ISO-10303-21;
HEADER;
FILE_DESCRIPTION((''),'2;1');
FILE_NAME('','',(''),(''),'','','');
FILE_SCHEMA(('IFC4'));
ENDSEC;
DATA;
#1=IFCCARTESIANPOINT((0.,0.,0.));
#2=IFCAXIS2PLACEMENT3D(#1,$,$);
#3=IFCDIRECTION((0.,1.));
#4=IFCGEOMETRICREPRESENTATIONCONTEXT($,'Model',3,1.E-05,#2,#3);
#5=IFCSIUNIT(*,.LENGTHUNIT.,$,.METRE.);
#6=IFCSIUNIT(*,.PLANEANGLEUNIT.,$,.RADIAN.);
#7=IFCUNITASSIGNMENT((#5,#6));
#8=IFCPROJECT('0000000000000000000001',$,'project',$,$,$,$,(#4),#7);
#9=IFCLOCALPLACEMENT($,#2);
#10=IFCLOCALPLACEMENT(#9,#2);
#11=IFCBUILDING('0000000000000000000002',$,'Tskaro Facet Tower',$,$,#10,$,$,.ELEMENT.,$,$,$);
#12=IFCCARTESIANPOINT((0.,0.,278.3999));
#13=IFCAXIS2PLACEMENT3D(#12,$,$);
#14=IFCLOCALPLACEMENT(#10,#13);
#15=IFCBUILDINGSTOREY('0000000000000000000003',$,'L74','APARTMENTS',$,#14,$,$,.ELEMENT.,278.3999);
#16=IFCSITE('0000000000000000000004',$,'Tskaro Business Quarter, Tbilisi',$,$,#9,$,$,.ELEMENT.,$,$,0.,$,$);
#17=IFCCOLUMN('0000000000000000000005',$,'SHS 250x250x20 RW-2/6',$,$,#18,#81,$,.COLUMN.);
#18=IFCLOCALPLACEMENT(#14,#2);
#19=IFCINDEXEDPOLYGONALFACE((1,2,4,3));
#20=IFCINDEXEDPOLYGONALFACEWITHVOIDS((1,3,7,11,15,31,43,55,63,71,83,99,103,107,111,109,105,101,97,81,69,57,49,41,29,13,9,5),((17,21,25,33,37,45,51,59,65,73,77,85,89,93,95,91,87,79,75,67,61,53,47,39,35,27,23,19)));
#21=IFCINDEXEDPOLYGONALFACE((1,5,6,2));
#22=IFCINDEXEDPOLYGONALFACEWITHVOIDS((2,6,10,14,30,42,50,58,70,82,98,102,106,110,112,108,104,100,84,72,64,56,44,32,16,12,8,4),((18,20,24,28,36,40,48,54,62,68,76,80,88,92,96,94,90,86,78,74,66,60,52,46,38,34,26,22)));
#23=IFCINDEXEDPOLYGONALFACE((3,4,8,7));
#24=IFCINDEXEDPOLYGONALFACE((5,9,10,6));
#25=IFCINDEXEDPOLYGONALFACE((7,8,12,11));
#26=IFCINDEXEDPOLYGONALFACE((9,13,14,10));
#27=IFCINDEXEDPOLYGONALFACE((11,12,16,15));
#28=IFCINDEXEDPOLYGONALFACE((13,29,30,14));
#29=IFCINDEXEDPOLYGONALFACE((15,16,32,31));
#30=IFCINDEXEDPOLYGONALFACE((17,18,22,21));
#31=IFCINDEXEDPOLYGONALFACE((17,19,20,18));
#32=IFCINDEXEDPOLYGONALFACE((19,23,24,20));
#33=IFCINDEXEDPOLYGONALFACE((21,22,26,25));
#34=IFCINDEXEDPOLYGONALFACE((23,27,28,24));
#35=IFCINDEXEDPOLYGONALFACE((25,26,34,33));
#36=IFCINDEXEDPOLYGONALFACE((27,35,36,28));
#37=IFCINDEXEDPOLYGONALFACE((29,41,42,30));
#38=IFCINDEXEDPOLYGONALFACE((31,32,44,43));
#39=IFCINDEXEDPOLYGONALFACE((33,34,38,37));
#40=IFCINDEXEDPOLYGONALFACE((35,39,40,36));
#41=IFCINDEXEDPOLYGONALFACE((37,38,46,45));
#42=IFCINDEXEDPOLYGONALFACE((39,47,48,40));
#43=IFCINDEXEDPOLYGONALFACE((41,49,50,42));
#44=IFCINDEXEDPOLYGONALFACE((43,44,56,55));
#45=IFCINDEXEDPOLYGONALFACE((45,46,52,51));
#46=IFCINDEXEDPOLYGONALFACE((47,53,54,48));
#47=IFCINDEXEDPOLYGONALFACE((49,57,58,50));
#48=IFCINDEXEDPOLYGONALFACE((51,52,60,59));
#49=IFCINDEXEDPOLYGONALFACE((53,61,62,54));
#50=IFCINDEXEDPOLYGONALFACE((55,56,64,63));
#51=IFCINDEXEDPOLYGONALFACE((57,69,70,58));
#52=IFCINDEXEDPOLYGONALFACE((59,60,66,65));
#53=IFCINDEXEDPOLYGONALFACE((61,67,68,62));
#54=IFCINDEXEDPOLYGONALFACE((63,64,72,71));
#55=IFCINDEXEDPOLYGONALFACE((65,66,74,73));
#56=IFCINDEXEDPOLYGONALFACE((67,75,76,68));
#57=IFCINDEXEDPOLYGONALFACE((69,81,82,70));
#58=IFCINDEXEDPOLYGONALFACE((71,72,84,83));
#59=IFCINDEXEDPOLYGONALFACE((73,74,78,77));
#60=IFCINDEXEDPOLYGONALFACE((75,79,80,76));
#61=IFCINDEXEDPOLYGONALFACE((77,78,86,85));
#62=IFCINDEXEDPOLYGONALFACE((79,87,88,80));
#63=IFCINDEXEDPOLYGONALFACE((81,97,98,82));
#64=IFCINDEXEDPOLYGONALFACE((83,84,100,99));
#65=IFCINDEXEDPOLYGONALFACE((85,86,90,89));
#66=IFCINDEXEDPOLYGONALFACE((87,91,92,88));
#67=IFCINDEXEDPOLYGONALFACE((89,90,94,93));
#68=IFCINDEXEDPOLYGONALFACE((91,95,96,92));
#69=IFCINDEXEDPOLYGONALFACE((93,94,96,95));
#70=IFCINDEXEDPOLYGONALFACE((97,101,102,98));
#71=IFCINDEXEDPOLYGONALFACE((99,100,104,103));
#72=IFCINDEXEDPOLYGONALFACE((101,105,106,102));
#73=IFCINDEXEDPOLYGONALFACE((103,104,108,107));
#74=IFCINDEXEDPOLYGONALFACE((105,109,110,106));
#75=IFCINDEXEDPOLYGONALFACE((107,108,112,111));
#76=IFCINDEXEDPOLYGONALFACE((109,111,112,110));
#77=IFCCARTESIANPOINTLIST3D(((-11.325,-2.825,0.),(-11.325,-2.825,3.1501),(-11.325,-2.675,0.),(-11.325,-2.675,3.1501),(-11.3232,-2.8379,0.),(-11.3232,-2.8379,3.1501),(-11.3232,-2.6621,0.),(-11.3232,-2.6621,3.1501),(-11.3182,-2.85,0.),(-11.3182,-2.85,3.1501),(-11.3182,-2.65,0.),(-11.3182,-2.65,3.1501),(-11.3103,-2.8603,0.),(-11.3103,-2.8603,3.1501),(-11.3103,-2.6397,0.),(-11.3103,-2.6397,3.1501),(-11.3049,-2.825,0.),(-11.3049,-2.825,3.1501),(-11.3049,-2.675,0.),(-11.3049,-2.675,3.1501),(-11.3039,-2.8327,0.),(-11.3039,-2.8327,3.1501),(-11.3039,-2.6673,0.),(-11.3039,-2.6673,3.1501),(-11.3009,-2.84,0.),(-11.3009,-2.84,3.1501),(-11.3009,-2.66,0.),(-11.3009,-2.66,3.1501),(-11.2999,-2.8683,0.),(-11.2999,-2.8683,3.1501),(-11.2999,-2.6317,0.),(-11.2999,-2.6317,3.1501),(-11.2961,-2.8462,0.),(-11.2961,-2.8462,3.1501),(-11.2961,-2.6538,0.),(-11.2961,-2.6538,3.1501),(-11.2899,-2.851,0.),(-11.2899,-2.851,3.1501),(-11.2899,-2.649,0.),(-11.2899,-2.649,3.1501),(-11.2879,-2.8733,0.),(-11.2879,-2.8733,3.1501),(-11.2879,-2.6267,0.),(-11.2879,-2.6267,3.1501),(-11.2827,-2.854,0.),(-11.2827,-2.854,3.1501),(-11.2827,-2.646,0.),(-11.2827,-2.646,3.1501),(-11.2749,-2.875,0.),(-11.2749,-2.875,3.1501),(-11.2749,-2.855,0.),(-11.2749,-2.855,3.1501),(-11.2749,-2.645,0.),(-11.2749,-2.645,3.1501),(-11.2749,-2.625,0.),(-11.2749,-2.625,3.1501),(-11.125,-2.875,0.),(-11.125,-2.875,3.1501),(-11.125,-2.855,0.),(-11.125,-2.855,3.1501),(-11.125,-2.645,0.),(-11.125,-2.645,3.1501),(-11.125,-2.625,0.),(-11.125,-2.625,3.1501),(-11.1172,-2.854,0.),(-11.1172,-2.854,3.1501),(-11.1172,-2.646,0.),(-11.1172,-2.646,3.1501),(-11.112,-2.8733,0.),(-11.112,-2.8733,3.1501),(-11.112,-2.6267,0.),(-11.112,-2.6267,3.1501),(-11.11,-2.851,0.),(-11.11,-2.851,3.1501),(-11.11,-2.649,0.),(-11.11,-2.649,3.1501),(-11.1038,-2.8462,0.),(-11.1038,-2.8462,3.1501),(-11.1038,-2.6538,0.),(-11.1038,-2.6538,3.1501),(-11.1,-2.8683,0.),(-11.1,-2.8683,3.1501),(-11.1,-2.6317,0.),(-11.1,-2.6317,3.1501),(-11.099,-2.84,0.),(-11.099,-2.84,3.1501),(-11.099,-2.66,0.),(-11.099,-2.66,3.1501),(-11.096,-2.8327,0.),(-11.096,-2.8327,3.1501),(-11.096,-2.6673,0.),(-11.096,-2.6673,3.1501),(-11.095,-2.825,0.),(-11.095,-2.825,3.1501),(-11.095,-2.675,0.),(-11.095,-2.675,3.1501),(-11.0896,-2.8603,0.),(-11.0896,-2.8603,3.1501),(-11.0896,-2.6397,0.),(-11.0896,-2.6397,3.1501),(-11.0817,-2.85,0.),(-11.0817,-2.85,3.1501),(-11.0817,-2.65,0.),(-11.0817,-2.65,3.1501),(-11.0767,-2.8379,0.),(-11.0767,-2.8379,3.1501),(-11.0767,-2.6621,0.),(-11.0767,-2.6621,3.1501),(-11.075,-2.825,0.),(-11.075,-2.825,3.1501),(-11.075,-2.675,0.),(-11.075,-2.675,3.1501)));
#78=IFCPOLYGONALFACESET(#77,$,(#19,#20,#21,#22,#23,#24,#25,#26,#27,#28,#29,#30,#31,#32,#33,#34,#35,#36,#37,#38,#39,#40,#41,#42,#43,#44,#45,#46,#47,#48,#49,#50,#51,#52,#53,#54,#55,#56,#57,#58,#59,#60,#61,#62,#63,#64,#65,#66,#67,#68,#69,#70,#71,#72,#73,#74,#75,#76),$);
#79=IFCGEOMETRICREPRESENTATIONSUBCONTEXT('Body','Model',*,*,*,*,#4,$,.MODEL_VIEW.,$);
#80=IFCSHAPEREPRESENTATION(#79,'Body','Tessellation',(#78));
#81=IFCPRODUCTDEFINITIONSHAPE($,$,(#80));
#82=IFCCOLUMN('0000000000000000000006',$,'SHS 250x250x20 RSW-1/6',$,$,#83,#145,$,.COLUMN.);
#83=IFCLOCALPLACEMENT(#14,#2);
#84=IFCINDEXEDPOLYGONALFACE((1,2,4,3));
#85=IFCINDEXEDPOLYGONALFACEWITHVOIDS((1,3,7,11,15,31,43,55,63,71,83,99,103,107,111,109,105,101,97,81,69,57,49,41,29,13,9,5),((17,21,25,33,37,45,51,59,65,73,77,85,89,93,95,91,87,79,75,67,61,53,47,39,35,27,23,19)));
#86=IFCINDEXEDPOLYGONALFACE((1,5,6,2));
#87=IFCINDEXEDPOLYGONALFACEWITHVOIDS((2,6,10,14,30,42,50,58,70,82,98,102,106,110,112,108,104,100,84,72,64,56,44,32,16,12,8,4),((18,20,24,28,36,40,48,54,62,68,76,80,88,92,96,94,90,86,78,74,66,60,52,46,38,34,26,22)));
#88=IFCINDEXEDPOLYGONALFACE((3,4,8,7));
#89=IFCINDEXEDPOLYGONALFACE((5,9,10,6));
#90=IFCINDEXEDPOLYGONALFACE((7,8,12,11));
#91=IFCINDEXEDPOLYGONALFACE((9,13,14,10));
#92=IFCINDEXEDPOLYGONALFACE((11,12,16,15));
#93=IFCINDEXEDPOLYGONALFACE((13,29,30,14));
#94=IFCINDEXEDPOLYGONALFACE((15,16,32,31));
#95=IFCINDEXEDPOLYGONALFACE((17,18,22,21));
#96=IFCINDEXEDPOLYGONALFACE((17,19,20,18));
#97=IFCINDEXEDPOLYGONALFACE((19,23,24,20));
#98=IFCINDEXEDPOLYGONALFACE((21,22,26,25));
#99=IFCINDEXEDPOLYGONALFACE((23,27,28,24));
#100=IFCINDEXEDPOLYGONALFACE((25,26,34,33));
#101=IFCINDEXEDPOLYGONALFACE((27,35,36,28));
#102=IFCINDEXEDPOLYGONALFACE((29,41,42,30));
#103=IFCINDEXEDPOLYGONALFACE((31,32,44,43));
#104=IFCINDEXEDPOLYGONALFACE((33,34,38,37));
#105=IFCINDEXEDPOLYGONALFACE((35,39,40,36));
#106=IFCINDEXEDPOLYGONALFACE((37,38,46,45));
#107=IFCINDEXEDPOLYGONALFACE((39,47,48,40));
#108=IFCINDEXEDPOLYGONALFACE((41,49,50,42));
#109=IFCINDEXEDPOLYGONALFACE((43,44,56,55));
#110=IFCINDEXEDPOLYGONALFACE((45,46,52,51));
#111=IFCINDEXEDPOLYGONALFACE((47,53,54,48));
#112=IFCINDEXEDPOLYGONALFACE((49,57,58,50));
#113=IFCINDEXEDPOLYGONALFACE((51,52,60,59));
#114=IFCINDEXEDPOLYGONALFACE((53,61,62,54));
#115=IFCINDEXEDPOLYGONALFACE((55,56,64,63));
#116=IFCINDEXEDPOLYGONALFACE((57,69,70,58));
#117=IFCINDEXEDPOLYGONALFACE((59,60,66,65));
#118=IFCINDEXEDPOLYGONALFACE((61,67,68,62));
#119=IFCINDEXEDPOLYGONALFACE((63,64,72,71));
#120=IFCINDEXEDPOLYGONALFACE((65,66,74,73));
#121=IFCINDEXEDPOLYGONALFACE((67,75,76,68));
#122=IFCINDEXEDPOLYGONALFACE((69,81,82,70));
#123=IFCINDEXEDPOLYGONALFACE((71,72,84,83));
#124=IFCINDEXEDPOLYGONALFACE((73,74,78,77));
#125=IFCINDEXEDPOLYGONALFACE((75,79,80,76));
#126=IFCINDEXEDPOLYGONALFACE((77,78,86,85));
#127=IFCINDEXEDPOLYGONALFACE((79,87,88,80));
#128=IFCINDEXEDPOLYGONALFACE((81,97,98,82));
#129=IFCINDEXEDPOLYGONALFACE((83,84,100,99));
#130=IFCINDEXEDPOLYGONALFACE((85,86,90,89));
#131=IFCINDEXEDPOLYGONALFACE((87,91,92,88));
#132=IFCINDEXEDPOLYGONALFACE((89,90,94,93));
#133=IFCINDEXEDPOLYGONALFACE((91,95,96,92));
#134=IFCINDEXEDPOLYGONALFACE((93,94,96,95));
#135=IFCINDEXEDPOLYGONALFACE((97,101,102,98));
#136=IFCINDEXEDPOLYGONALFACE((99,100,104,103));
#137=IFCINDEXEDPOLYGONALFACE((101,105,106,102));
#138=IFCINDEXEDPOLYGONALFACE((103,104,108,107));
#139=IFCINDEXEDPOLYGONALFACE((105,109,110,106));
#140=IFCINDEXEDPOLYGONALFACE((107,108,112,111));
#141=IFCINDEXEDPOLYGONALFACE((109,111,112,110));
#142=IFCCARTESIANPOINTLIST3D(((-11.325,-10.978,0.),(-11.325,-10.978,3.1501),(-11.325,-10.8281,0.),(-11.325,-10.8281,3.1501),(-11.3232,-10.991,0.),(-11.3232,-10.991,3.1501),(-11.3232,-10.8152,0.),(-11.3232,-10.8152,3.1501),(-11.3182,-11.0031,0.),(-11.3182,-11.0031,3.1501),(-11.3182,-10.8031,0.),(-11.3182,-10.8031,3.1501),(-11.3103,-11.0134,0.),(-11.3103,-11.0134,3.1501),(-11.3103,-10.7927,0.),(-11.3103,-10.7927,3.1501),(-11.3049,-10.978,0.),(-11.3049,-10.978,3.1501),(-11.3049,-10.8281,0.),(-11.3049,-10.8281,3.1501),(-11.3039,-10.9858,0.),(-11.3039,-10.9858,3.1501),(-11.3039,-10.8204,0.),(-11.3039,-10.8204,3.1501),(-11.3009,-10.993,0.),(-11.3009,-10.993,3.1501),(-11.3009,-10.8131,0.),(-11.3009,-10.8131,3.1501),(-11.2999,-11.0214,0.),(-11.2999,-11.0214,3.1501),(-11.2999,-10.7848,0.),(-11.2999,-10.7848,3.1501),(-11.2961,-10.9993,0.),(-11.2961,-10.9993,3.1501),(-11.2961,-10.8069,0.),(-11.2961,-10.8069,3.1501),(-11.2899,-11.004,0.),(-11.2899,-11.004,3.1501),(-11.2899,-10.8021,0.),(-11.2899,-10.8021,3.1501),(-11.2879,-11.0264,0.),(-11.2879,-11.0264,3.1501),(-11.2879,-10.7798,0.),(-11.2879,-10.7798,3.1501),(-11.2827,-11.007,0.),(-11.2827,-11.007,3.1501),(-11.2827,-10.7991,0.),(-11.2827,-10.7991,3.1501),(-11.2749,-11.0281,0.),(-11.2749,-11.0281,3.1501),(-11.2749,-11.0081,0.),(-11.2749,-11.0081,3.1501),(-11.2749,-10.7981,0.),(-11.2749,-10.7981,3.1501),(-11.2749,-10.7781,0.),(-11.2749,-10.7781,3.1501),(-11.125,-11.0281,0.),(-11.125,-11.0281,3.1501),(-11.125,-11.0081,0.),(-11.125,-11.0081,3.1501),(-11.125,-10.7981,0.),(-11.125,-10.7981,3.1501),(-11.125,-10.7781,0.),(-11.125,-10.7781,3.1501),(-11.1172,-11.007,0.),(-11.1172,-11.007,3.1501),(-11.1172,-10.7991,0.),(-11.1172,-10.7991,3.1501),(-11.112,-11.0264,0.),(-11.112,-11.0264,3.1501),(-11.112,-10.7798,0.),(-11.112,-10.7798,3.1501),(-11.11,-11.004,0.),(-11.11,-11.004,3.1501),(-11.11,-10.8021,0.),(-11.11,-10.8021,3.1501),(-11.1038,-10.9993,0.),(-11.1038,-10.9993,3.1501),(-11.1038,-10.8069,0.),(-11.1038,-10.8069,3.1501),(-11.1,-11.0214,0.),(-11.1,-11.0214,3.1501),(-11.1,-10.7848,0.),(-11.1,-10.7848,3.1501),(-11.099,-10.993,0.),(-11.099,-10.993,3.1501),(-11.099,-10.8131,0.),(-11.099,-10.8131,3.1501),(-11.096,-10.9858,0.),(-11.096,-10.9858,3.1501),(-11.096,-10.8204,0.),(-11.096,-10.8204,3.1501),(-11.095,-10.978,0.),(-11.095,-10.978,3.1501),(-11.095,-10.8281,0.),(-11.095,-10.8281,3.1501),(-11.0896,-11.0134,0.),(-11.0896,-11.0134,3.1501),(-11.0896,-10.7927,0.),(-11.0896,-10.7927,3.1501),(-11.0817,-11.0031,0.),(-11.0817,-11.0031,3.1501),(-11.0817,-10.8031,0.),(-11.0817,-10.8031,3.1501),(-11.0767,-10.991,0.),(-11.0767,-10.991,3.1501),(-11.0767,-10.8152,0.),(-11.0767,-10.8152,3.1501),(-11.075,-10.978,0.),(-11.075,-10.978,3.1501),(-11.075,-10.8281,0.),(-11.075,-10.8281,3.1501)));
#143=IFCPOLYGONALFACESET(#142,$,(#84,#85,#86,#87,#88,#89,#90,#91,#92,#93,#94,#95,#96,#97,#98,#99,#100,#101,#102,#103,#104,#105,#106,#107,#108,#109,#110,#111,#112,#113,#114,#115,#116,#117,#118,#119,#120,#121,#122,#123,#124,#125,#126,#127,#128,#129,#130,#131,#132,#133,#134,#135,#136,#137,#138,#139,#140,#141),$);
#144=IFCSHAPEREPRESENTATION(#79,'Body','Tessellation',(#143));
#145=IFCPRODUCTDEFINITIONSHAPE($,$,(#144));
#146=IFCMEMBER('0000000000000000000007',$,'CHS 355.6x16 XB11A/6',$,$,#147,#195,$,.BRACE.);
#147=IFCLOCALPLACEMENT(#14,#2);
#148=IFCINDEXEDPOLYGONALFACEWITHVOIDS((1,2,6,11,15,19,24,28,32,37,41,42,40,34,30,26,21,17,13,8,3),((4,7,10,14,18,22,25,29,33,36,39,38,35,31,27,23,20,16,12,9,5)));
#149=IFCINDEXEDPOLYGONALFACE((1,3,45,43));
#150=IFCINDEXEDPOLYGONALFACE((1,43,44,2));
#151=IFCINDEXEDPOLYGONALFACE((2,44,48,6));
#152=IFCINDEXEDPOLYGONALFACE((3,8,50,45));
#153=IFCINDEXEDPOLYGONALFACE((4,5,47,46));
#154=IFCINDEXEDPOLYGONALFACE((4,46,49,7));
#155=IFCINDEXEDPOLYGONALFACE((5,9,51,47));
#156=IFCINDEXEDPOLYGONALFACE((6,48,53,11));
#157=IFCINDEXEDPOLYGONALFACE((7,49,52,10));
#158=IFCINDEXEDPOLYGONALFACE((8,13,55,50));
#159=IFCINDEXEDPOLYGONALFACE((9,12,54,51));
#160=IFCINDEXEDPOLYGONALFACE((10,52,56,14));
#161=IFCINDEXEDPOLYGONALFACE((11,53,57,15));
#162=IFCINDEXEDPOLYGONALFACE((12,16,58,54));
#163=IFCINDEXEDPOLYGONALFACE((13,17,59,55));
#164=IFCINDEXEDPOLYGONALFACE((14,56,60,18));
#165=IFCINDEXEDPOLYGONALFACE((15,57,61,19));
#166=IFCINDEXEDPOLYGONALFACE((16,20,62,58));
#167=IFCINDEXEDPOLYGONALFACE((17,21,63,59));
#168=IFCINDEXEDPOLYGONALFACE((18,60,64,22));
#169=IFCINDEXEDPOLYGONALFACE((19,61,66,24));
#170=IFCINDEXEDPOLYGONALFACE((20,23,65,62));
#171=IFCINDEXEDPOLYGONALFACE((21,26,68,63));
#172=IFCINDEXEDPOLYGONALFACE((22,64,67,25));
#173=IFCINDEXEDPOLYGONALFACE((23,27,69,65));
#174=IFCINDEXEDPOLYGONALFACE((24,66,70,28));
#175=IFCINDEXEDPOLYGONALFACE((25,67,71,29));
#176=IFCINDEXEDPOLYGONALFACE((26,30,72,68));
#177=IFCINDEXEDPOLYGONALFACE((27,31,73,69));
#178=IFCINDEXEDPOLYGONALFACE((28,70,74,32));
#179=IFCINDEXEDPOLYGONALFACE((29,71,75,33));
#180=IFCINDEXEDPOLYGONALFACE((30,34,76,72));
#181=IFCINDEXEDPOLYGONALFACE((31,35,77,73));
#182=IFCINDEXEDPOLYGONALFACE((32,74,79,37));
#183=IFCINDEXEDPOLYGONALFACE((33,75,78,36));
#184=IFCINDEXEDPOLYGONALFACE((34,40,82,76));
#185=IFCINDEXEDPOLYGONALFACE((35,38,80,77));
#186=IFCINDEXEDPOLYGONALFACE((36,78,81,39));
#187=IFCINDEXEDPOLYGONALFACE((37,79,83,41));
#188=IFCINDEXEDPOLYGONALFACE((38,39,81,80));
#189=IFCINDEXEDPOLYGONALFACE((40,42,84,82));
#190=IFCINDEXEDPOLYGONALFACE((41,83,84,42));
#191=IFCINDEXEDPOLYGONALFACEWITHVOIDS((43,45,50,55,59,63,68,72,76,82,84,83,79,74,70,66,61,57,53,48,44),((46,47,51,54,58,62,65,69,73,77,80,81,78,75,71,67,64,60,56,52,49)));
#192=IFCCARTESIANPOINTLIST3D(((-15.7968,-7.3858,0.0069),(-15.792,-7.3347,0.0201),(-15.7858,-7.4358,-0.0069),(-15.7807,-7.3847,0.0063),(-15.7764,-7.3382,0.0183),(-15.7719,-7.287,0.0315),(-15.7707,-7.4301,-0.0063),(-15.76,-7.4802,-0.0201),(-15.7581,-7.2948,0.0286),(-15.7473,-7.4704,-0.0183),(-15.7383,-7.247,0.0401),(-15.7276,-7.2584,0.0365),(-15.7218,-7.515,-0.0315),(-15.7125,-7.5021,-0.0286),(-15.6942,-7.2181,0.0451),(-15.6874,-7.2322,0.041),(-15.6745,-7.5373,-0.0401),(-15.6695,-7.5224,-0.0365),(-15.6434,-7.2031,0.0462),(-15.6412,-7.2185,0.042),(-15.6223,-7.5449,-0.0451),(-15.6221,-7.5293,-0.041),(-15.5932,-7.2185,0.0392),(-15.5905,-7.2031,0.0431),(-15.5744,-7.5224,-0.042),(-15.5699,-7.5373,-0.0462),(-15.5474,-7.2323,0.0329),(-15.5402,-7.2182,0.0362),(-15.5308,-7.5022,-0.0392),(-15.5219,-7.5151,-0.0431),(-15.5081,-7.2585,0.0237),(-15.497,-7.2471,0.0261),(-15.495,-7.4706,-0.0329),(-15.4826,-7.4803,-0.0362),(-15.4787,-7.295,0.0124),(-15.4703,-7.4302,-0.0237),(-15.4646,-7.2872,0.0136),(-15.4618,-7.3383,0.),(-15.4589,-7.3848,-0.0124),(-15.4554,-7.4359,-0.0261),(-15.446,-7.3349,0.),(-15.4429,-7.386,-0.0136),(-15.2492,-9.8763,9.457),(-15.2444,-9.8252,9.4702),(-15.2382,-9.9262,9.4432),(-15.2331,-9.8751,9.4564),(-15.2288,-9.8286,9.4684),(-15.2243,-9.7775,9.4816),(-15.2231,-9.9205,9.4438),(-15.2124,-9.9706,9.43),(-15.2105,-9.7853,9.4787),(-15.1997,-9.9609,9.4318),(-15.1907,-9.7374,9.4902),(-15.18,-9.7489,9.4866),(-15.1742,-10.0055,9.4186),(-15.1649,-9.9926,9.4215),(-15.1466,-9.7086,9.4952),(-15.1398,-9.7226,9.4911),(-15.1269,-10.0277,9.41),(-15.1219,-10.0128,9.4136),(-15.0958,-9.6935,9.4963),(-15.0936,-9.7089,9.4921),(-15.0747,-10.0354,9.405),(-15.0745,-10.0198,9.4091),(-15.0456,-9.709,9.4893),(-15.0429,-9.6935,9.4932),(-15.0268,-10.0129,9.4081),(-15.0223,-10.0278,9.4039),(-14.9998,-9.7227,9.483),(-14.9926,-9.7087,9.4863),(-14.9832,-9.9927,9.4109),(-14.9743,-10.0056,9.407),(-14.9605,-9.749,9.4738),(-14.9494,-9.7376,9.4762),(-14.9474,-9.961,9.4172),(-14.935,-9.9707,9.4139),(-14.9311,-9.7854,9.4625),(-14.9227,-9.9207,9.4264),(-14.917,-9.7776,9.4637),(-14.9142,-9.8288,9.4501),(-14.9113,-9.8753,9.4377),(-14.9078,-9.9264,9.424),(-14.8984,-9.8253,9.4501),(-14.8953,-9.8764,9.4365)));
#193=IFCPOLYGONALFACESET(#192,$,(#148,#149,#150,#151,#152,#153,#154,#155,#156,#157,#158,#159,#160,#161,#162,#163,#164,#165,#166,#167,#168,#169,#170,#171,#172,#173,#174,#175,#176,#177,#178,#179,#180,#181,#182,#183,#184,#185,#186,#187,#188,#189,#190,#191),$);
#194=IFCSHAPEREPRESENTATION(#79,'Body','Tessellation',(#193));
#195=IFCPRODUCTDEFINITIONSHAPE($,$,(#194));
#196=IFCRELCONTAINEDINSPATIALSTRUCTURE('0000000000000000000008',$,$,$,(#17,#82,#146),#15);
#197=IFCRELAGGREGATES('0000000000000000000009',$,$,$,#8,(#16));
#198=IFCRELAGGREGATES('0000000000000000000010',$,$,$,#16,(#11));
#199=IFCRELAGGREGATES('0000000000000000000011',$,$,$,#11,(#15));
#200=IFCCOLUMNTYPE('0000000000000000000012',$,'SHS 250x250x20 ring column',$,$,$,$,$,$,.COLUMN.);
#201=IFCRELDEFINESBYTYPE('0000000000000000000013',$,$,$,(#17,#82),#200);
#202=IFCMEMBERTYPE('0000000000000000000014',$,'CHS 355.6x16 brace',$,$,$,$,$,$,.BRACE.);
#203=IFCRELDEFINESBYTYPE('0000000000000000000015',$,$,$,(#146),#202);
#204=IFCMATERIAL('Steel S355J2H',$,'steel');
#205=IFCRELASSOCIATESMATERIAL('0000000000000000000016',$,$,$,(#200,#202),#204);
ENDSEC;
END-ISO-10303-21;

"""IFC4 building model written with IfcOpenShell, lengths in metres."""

from ifc_helpers import new_model, si_unit, direction, frame, origin, origin_2d, place, context, subcontext, project, spatial, hollow_rectangle, hollow_circle, extrude, material, material_profile, profile_set, type_object, element, save


model = new_model("IFC4")

# Units and contexts
model_context = context("Model", 3, precision=1e-05, world=origin(), true_north=direction((0.0, 1.0)))
body_context = subcontext(model_context, "Body", "Model", "MODEL_VIEW")
ifc_project = project(units=[si_unit("LENGTHUNIT", "METRE"), si_unit("PLANEANGLEUNIT", "RADIAN")], contexts=[model_context])

# Site, building, storey
site_placement = place(None, origin())
site = spatial("IfcSite", under=ifc_project, at=site_placement, Name="Tskaro Business Quarter, Tbilisi", CompositionType="ELEMENT", RefElevation=0.0)
building_placement = place(site_placement, origin())
building = spatial("IfcBuilding", under=site, at=building_placement, Name="Tskaro Facet Tower", CompositionType="ELEMENT")
storey_placement = place(building_placement, frame((0.0, 0.0, 278.3999)))
storey = spatial("IfcBuildingStorey", under=building, at=storey_placement, Name="L74", Description="APARTMENTS", CompositionType="ELEMENT", Elevation=278.3999)

# Columns
ifc_material_1 = material(Name="Steel S355J2H", Category="steel")
ifc_material_profile_1 = material_profile(ifc_material_1, hollow_rectangle(XDim=0.25, YDim=0.25, WallThickness=0.02, InnerFilletRadius=0.03, OuterFilletRadius=0.05, at=origin_2d()), Name="SHS 250x250x20")
ifc_profile_set_1 = profile_set([ifc_material_profile_1], Name="Steel S355J2H")
column_type = type_object("IfcColumnType", Name="SHS 250x250x20 ring column", PredefinedType="COLUMN", material=ifc_profile_set_1)
for number, where, z_axis, x_axis, name in (
    (1, (-11.2, -2.75, 0.0), (0.0, 0.0, 1.0), (1.0, 0.0, 0.0), "SHS 250x250x20 RW-2/6"),
    (2, (-11.2, -10.9031, 0.0), (0.0, 0.0, 1.0), (1.0, 0.0, 0.0), "SHS 250x250x20 RSW-1/6"),
):
    element("IfcColumn", number, at=place(storey_placement, frame(where, z_axis=z_axis, x_axis=x_axis)), inside=storey, type_object=column_type, Name=name, PredefinedType="COLUMN", context=body_context, shape_type="SweptSolid", body=[
        extrude(hollow_rectangle(XDim=0.25, YDim=0.25, WallThickness=0.02, InnerFilletRadius=0.03, OuterFilletRadius=0.05, at=origin_2d()), origin(), (0.0, 0.0, 1.0), 3.1501),
    ])

# Member
ifc_material_profile_2 = material_profile(ifc_material_1, hollow_circle(Radius=0.1777, WallThickness=0.0161, at=origin_2d()), Name="CHS 355.6x16")
ifc_profile_set_2 = profile_set([ifc_material_profile_2], Name="Steel S355J2H")
member_type_1 = type_object("IfcMemberType", Name="CHS 355.6x16 brace", PredefinedType="BRACE", material=ifc_profile_set_2)
member_1_placement = place(storey_placement, frame((-15.6196, -7.373, 0.0), z_axis=(0.055946, -0.254437, 0.96547), x_axis=(0.976669, 0.21475, 0.0)))
element("IfcMember", 3, at=member_1_placement, inside=storey, type_object=member_type_1, Name="CHS 355.6x16 XB11A/6", PredefinedType="BRACE", context=body_context, shape_type="SweptSolid", body=[
    extrude(hollow_circle(Radius=0.1777, WallThickness=0.0161, at=origin_2d()), origin(), (0.0, 0.0, 1.0), 9.7881),
])

save(model, "model.ifc")
